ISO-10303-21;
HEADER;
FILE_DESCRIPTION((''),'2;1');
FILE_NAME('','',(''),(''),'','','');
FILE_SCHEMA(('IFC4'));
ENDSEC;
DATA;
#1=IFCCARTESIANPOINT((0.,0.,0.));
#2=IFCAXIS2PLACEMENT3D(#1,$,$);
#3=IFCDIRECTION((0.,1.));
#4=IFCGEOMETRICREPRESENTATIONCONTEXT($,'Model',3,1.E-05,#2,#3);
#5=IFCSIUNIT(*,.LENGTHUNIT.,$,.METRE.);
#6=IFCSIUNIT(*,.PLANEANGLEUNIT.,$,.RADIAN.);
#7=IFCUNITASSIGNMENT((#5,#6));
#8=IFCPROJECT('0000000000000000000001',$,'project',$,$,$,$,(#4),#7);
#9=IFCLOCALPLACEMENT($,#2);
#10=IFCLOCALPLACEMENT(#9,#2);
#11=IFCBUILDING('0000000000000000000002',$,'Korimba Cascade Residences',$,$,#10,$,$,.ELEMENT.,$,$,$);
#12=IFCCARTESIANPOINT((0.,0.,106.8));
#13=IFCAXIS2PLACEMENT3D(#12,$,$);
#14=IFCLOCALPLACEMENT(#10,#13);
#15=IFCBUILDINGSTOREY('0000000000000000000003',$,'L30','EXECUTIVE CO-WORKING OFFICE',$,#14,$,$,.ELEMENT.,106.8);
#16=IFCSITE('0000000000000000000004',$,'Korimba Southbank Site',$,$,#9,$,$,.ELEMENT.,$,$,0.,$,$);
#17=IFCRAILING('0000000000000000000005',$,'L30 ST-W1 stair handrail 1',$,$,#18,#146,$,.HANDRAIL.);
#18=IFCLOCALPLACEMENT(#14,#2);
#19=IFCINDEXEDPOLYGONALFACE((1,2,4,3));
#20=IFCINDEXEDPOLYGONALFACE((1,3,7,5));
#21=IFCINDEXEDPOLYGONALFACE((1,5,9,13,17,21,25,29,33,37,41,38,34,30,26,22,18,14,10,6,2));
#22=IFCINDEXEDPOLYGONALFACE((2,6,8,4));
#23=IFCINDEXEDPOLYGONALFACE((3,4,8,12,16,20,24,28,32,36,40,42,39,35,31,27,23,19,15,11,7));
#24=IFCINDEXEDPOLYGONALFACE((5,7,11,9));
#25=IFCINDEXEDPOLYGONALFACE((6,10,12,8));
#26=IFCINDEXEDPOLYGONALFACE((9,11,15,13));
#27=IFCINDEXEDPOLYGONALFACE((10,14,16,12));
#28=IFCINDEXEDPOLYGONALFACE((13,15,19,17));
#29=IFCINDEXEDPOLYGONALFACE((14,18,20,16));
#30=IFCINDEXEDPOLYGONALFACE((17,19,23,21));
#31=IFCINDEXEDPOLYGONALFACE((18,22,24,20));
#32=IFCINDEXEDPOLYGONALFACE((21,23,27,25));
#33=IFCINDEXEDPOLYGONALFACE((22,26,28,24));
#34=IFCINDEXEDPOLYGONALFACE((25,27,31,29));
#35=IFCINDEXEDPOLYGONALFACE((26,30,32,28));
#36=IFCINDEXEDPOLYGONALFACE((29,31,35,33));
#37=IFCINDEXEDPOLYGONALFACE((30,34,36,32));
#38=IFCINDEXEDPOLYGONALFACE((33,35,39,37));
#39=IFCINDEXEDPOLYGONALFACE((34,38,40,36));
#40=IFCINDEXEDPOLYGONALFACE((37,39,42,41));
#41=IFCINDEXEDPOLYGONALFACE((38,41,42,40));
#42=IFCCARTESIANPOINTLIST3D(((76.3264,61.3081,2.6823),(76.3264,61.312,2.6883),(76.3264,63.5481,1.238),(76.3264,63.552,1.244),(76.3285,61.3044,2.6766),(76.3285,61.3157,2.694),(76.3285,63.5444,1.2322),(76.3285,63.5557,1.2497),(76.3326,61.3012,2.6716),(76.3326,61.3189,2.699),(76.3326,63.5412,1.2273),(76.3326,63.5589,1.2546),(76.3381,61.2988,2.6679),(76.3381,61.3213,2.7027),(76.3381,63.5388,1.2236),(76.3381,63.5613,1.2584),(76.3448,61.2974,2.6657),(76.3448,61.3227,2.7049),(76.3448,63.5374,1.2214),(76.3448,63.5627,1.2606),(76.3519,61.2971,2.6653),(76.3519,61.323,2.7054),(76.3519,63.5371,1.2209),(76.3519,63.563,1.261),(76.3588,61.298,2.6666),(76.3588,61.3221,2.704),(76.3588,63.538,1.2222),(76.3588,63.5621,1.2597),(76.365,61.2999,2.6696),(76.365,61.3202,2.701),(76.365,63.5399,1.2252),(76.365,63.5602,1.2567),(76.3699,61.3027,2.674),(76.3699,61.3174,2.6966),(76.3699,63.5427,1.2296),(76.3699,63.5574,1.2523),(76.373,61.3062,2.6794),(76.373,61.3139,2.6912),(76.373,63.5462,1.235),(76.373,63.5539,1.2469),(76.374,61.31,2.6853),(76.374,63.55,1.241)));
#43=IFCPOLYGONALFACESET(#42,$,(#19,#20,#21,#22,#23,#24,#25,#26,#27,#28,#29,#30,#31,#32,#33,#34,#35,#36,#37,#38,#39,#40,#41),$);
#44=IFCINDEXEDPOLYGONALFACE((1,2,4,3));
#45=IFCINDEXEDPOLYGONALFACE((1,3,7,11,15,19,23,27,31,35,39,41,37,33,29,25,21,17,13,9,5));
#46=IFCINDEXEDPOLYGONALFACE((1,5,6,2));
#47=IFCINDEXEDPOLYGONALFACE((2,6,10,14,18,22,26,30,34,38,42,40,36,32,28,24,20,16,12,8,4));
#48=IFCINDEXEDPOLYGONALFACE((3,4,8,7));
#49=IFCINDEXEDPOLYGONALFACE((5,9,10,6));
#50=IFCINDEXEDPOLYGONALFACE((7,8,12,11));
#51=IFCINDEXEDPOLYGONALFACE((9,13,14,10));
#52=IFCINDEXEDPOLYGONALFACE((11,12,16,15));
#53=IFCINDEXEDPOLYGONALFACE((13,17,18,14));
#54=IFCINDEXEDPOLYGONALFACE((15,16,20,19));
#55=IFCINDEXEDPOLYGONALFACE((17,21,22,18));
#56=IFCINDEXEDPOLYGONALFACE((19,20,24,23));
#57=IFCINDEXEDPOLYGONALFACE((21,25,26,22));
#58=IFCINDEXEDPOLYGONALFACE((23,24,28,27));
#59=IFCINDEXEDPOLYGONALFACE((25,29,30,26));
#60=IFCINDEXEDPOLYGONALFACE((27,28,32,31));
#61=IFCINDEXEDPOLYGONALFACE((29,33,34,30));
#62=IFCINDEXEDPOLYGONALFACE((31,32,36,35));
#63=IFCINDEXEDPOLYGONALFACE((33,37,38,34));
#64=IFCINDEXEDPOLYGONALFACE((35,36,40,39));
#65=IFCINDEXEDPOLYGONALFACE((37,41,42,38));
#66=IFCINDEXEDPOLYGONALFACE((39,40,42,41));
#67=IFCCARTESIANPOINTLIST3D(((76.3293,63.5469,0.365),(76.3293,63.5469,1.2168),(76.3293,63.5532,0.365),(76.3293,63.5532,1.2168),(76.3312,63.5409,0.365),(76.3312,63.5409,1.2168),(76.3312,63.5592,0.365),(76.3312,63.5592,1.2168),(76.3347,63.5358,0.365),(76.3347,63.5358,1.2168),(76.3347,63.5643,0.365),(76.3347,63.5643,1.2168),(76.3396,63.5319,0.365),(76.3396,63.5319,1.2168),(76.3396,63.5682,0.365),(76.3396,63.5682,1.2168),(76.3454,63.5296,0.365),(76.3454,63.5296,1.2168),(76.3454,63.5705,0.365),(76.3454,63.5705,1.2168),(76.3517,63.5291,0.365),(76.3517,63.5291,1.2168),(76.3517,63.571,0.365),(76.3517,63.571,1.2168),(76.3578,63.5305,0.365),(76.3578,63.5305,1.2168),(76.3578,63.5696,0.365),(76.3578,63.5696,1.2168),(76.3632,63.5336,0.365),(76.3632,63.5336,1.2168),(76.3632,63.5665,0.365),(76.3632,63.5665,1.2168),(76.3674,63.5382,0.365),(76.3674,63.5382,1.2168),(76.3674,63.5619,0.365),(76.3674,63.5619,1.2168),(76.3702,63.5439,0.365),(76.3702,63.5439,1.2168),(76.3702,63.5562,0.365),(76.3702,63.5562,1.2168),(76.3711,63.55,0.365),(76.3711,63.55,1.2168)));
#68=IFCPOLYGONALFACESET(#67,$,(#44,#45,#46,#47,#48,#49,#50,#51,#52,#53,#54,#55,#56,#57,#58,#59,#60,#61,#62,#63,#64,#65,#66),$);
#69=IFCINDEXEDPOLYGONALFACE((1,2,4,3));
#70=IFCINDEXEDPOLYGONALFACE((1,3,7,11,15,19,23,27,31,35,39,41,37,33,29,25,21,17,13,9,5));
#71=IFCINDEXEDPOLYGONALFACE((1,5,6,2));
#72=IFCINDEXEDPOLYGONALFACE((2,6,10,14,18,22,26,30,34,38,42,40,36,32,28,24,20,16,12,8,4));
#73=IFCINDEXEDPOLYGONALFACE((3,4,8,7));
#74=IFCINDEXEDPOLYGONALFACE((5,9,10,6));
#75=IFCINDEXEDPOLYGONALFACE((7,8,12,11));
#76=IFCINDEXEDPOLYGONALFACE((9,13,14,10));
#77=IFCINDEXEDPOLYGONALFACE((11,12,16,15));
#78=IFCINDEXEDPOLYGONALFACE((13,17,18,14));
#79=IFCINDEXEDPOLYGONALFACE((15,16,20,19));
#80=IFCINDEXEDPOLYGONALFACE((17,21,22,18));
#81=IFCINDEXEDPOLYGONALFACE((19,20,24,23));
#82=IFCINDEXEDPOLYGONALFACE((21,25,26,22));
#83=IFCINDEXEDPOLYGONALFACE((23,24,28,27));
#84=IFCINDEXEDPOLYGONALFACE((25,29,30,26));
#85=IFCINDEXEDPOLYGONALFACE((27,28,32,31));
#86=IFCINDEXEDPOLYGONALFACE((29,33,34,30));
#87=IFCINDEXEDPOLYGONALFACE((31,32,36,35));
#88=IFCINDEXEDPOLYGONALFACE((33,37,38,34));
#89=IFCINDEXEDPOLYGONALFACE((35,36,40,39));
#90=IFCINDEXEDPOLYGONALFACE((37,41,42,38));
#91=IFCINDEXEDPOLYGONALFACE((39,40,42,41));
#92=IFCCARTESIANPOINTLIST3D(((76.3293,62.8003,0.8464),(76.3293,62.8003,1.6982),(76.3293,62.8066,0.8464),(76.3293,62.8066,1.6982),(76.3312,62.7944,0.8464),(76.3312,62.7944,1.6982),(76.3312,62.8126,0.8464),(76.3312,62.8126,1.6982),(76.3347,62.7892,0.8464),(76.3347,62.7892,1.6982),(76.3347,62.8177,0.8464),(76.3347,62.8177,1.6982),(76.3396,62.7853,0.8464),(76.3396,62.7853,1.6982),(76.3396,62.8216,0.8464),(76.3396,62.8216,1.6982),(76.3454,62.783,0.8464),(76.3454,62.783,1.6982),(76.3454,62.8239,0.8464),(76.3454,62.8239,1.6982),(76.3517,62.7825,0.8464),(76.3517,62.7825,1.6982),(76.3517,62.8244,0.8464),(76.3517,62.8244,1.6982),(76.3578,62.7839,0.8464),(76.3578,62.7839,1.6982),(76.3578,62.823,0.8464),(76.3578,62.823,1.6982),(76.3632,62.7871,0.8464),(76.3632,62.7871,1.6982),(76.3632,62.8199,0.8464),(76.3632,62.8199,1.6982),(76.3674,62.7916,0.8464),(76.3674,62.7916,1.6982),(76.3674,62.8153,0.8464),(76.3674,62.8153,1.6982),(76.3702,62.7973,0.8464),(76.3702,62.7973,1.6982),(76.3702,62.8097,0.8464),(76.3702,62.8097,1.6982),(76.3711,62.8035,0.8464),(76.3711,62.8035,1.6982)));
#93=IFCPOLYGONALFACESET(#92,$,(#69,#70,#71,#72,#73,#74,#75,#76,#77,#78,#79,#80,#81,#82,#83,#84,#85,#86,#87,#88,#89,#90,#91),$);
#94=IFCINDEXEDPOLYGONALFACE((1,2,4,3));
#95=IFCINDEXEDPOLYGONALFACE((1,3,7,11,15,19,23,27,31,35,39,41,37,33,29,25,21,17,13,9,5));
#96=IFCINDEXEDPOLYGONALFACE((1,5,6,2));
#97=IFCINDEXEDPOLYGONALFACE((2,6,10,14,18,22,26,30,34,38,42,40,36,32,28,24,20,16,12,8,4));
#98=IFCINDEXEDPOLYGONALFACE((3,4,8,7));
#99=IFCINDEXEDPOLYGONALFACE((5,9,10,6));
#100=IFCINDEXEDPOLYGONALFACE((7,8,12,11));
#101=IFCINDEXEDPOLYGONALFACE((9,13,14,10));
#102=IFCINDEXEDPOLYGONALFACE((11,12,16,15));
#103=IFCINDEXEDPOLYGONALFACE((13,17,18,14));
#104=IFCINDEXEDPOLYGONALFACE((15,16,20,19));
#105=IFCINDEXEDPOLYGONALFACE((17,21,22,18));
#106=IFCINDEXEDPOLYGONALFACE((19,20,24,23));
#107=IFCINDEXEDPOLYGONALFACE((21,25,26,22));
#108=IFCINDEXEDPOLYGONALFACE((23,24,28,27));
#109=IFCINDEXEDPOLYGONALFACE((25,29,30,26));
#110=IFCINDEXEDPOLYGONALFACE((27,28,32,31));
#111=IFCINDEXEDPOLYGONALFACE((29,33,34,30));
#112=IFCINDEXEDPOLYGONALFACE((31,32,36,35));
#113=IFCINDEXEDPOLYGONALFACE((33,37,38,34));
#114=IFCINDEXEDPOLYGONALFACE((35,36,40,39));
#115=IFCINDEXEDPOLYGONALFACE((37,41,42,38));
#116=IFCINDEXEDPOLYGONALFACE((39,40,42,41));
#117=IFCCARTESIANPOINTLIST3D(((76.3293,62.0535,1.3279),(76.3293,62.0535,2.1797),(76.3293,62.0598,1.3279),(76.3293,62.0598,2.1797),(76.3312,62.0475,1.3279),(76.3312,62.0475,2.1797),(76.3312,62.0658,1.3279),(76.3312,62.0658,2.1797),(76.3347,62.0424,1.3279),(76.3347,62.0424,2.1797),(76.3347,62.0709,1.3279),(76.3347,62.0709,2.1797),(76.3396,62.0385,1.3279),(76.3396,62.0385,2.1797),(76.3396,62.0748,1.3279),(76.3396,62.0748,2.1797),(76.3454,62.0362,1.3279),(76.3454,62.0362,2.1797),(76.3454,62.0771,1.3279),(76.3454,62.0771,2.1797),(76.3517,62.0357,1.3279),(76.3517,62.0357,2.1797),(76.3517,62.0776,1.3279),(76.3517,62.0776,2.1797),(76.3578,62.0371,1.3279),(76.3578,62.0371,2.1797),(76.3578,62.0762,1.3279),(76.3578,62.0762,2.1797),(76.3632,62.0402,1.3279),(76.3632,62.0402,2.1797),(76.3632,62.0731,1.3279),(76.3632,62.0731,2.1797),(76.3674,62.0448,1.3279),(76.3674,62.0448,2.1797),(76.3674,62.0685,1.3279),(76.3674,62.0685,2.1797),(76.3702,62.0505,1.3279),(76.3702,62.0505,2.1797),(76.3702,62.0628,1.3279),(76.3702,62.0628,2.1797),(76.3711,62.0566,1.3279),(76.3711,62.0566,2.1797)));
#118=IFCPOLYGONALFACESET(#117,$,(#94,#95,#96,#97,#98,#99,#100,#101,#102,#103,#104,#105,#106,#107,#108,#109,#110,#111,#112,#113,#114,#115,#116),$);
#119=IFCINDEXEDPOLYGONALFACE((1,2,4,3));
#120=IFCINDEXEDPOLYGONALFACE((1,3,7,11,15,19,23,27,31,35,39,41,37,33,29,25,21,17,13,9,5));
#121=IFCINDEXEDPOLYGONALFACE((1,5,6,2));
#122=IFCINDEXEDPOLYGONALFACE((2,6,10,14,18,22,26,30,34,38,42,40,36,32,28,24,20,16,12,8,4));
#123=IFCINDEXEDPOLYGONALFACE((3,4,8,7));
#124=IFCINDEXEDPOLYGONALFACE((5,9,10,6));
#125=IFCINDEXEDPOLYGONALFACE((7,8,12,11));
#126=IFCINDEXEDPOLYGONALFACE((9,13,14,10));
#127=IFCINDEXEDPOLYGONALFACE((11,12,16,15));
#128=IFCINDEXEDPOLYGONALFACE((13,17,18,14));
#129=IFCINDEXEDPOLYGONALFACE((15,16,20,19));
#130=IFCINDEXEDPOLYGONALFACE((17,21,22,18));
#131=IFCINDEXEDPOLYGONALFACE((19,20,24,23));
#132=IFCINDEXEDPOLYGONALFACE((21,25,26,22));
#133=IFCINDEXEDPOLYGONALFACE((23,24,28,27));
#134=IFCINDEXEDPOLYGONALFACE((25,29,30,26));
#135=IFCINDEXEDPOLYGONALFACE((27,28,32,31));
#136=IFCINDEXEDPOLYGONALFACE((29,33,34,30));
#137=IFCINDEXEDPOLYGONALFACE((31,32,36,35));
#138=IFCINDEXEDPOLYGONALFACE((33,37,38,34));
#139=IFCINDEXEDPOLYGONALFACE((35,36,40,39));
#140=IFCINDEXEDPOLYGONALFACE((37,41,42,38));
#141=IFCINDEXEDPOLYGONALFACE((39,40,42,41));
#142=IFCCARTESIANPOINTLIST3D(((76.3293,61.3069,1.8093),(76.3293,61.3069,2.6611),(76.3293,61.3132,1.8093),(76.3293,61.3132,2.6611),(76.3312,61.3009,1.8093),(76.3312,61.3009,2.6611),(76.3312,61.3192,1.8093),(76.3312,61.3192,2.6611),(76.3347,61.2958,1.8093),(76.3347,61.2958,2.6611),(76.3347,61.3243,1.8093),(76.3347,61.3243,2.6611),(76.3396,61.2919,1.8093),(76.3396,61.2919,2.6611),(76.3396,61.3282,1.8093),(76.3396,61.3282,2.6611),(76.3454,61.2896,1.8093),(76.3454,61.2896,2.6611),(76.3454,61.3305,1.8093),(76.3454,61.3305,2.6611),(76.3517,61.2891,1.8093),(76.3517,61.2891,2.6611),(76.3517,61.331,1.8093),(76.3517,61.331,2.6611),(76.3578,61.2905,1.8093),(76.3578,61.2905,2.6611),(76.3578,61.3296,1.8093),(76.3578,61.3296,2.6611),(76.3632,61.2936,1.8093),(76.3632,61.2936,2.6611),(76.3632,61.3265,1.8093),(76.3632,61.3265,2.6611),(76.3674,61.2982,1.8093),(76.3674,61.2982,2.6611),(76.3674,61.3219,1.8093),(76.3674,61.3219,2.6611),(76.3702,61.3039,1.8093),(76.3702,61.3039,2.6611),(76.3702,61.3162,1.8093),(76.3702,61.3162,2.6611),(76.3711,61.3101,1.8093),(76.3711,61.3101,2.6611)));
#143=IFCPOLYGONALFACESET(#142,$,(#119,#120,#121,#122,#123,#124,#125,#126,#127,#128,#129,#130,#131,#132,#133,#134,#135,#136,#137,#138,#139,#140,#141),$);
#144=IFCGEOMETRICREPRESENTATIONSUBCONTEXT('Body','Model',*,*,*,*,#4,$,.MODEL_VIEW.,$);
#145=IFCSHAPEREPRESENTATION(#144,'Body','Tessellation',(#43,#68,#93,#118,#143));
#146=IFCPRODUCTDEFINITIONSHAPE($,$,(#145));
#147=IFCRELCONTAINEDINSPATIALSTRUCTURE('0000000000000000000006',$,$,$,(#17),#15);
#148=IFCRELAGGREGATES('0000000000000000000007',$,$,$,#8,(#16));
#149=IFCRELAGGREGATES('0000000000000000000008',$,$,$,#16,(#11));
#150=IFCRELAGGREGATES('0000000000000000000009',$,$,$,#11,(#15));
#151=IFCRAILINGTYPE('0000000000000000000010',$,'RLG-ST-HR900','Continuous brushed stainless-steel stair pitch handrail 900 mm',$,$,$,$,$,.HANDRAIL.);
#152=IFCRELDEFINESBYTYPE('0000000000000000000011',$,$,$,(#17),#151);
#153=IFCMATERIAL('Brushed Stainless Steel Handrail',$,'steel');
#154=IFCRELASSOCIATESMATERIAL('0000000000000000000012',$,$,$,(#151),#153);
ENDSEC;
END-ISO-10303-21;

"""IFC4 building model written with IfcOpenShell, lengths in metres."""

from ifc_helpers import new_model, si_unit, direction, frame, origin, origin_2d, place, context, subcontext, project, spatial, circle, extrude, material, type_object, element, save


model = new_model("IFC4")

# Units and contexts
model_context = context("Model", 3, precision=1e-05, world=origin(), true_north=direction((0.0, 1.0)))
body_context = subcontext(model_context, "Body", "Model", "MODEL_VIEW")
ifc_project = project(units=[si_unit("LENGTHUNIT", "METRE"), si_unit("PLANEANGLEUNIT", "RADIAN")], contexts=[model_context])

# Site, building, storey
site_placement = place(None, origin())
site = spatial("IfcSite", under=ifc_project, at=site_placement, Name="Korimba Southbank Site", CompositionType="ELEMENT", RefElevation=0.0)
building_placement = place(site_placement, origin())
building = spatial("IfcBuilding", under=site, at=building_placement, Name="Korimba Cascade Residences", CompositionType="ELEMENT")
storey_placement = place(building_placement, frame((0.0, 0.0, 106.8)))
storey = spatial("IfcBuildingStorey", under=building, at=storey_placement, Name="L30", Description="EXECUTIVE CO-WORKING OFFICE", CompositionType="ELEMENT", Elevation=106.8)

# Railing
ifc_material_1 = material(Name="Brushed Stainless Steel Handrail", Category="steel")
railing_type = type_object("IfcRailingType", Name="RLG-ST-HR900", Description="Continuous brushed stainless-steel stair pitch handrail 900 mm", PredefinedType="HANDRAIL", material=ifc_material_1)
railing_placement = place(storey_placement, frame((76.3501, 63.55, 0.365)))
element("IfcRailing", 1, at=railing_placement, inside=storey, type_object=railing_type, Name="L30 ST-W1 stair handrail 1", PredefinedType="HANDRAIL", context=body_context, shape_type="SweptSolid", body=[
    extrude(circle(Radius=0.0239, at=origin_2d()), frame((0.0, 0.0, 0.876), z_axis=(0.0, -0.840437, 0.54191), x_axis=(1.0, 0.0, 0.0)), (0.0, 0.0, 1.0), 2.6653),
    extrude(circle(Radius=0.021, at=origin_2d()), origin(), (0.0, 0.0, 1.0), 0.8518),
    extrude(circle(Radius=0.021, at=origin_2d()), frame((0.0, -0.7466, 0.4814)), (0.0, 0.0, 1.0), 0.8518),
    extrude(circle(Radius=0.021, at=origin_2d()), frame((0.0, -1.4934, 0.9629)), (0.0, 0.0, 1.0), 0.8518),
    extrude(circle(Radius=0.021, at=origin_2d()), frame((0.0, -2.24, 1.4443)), (0.0, 0.0, 1.0), 0.8518),
])

save(model, "model.ifc")
